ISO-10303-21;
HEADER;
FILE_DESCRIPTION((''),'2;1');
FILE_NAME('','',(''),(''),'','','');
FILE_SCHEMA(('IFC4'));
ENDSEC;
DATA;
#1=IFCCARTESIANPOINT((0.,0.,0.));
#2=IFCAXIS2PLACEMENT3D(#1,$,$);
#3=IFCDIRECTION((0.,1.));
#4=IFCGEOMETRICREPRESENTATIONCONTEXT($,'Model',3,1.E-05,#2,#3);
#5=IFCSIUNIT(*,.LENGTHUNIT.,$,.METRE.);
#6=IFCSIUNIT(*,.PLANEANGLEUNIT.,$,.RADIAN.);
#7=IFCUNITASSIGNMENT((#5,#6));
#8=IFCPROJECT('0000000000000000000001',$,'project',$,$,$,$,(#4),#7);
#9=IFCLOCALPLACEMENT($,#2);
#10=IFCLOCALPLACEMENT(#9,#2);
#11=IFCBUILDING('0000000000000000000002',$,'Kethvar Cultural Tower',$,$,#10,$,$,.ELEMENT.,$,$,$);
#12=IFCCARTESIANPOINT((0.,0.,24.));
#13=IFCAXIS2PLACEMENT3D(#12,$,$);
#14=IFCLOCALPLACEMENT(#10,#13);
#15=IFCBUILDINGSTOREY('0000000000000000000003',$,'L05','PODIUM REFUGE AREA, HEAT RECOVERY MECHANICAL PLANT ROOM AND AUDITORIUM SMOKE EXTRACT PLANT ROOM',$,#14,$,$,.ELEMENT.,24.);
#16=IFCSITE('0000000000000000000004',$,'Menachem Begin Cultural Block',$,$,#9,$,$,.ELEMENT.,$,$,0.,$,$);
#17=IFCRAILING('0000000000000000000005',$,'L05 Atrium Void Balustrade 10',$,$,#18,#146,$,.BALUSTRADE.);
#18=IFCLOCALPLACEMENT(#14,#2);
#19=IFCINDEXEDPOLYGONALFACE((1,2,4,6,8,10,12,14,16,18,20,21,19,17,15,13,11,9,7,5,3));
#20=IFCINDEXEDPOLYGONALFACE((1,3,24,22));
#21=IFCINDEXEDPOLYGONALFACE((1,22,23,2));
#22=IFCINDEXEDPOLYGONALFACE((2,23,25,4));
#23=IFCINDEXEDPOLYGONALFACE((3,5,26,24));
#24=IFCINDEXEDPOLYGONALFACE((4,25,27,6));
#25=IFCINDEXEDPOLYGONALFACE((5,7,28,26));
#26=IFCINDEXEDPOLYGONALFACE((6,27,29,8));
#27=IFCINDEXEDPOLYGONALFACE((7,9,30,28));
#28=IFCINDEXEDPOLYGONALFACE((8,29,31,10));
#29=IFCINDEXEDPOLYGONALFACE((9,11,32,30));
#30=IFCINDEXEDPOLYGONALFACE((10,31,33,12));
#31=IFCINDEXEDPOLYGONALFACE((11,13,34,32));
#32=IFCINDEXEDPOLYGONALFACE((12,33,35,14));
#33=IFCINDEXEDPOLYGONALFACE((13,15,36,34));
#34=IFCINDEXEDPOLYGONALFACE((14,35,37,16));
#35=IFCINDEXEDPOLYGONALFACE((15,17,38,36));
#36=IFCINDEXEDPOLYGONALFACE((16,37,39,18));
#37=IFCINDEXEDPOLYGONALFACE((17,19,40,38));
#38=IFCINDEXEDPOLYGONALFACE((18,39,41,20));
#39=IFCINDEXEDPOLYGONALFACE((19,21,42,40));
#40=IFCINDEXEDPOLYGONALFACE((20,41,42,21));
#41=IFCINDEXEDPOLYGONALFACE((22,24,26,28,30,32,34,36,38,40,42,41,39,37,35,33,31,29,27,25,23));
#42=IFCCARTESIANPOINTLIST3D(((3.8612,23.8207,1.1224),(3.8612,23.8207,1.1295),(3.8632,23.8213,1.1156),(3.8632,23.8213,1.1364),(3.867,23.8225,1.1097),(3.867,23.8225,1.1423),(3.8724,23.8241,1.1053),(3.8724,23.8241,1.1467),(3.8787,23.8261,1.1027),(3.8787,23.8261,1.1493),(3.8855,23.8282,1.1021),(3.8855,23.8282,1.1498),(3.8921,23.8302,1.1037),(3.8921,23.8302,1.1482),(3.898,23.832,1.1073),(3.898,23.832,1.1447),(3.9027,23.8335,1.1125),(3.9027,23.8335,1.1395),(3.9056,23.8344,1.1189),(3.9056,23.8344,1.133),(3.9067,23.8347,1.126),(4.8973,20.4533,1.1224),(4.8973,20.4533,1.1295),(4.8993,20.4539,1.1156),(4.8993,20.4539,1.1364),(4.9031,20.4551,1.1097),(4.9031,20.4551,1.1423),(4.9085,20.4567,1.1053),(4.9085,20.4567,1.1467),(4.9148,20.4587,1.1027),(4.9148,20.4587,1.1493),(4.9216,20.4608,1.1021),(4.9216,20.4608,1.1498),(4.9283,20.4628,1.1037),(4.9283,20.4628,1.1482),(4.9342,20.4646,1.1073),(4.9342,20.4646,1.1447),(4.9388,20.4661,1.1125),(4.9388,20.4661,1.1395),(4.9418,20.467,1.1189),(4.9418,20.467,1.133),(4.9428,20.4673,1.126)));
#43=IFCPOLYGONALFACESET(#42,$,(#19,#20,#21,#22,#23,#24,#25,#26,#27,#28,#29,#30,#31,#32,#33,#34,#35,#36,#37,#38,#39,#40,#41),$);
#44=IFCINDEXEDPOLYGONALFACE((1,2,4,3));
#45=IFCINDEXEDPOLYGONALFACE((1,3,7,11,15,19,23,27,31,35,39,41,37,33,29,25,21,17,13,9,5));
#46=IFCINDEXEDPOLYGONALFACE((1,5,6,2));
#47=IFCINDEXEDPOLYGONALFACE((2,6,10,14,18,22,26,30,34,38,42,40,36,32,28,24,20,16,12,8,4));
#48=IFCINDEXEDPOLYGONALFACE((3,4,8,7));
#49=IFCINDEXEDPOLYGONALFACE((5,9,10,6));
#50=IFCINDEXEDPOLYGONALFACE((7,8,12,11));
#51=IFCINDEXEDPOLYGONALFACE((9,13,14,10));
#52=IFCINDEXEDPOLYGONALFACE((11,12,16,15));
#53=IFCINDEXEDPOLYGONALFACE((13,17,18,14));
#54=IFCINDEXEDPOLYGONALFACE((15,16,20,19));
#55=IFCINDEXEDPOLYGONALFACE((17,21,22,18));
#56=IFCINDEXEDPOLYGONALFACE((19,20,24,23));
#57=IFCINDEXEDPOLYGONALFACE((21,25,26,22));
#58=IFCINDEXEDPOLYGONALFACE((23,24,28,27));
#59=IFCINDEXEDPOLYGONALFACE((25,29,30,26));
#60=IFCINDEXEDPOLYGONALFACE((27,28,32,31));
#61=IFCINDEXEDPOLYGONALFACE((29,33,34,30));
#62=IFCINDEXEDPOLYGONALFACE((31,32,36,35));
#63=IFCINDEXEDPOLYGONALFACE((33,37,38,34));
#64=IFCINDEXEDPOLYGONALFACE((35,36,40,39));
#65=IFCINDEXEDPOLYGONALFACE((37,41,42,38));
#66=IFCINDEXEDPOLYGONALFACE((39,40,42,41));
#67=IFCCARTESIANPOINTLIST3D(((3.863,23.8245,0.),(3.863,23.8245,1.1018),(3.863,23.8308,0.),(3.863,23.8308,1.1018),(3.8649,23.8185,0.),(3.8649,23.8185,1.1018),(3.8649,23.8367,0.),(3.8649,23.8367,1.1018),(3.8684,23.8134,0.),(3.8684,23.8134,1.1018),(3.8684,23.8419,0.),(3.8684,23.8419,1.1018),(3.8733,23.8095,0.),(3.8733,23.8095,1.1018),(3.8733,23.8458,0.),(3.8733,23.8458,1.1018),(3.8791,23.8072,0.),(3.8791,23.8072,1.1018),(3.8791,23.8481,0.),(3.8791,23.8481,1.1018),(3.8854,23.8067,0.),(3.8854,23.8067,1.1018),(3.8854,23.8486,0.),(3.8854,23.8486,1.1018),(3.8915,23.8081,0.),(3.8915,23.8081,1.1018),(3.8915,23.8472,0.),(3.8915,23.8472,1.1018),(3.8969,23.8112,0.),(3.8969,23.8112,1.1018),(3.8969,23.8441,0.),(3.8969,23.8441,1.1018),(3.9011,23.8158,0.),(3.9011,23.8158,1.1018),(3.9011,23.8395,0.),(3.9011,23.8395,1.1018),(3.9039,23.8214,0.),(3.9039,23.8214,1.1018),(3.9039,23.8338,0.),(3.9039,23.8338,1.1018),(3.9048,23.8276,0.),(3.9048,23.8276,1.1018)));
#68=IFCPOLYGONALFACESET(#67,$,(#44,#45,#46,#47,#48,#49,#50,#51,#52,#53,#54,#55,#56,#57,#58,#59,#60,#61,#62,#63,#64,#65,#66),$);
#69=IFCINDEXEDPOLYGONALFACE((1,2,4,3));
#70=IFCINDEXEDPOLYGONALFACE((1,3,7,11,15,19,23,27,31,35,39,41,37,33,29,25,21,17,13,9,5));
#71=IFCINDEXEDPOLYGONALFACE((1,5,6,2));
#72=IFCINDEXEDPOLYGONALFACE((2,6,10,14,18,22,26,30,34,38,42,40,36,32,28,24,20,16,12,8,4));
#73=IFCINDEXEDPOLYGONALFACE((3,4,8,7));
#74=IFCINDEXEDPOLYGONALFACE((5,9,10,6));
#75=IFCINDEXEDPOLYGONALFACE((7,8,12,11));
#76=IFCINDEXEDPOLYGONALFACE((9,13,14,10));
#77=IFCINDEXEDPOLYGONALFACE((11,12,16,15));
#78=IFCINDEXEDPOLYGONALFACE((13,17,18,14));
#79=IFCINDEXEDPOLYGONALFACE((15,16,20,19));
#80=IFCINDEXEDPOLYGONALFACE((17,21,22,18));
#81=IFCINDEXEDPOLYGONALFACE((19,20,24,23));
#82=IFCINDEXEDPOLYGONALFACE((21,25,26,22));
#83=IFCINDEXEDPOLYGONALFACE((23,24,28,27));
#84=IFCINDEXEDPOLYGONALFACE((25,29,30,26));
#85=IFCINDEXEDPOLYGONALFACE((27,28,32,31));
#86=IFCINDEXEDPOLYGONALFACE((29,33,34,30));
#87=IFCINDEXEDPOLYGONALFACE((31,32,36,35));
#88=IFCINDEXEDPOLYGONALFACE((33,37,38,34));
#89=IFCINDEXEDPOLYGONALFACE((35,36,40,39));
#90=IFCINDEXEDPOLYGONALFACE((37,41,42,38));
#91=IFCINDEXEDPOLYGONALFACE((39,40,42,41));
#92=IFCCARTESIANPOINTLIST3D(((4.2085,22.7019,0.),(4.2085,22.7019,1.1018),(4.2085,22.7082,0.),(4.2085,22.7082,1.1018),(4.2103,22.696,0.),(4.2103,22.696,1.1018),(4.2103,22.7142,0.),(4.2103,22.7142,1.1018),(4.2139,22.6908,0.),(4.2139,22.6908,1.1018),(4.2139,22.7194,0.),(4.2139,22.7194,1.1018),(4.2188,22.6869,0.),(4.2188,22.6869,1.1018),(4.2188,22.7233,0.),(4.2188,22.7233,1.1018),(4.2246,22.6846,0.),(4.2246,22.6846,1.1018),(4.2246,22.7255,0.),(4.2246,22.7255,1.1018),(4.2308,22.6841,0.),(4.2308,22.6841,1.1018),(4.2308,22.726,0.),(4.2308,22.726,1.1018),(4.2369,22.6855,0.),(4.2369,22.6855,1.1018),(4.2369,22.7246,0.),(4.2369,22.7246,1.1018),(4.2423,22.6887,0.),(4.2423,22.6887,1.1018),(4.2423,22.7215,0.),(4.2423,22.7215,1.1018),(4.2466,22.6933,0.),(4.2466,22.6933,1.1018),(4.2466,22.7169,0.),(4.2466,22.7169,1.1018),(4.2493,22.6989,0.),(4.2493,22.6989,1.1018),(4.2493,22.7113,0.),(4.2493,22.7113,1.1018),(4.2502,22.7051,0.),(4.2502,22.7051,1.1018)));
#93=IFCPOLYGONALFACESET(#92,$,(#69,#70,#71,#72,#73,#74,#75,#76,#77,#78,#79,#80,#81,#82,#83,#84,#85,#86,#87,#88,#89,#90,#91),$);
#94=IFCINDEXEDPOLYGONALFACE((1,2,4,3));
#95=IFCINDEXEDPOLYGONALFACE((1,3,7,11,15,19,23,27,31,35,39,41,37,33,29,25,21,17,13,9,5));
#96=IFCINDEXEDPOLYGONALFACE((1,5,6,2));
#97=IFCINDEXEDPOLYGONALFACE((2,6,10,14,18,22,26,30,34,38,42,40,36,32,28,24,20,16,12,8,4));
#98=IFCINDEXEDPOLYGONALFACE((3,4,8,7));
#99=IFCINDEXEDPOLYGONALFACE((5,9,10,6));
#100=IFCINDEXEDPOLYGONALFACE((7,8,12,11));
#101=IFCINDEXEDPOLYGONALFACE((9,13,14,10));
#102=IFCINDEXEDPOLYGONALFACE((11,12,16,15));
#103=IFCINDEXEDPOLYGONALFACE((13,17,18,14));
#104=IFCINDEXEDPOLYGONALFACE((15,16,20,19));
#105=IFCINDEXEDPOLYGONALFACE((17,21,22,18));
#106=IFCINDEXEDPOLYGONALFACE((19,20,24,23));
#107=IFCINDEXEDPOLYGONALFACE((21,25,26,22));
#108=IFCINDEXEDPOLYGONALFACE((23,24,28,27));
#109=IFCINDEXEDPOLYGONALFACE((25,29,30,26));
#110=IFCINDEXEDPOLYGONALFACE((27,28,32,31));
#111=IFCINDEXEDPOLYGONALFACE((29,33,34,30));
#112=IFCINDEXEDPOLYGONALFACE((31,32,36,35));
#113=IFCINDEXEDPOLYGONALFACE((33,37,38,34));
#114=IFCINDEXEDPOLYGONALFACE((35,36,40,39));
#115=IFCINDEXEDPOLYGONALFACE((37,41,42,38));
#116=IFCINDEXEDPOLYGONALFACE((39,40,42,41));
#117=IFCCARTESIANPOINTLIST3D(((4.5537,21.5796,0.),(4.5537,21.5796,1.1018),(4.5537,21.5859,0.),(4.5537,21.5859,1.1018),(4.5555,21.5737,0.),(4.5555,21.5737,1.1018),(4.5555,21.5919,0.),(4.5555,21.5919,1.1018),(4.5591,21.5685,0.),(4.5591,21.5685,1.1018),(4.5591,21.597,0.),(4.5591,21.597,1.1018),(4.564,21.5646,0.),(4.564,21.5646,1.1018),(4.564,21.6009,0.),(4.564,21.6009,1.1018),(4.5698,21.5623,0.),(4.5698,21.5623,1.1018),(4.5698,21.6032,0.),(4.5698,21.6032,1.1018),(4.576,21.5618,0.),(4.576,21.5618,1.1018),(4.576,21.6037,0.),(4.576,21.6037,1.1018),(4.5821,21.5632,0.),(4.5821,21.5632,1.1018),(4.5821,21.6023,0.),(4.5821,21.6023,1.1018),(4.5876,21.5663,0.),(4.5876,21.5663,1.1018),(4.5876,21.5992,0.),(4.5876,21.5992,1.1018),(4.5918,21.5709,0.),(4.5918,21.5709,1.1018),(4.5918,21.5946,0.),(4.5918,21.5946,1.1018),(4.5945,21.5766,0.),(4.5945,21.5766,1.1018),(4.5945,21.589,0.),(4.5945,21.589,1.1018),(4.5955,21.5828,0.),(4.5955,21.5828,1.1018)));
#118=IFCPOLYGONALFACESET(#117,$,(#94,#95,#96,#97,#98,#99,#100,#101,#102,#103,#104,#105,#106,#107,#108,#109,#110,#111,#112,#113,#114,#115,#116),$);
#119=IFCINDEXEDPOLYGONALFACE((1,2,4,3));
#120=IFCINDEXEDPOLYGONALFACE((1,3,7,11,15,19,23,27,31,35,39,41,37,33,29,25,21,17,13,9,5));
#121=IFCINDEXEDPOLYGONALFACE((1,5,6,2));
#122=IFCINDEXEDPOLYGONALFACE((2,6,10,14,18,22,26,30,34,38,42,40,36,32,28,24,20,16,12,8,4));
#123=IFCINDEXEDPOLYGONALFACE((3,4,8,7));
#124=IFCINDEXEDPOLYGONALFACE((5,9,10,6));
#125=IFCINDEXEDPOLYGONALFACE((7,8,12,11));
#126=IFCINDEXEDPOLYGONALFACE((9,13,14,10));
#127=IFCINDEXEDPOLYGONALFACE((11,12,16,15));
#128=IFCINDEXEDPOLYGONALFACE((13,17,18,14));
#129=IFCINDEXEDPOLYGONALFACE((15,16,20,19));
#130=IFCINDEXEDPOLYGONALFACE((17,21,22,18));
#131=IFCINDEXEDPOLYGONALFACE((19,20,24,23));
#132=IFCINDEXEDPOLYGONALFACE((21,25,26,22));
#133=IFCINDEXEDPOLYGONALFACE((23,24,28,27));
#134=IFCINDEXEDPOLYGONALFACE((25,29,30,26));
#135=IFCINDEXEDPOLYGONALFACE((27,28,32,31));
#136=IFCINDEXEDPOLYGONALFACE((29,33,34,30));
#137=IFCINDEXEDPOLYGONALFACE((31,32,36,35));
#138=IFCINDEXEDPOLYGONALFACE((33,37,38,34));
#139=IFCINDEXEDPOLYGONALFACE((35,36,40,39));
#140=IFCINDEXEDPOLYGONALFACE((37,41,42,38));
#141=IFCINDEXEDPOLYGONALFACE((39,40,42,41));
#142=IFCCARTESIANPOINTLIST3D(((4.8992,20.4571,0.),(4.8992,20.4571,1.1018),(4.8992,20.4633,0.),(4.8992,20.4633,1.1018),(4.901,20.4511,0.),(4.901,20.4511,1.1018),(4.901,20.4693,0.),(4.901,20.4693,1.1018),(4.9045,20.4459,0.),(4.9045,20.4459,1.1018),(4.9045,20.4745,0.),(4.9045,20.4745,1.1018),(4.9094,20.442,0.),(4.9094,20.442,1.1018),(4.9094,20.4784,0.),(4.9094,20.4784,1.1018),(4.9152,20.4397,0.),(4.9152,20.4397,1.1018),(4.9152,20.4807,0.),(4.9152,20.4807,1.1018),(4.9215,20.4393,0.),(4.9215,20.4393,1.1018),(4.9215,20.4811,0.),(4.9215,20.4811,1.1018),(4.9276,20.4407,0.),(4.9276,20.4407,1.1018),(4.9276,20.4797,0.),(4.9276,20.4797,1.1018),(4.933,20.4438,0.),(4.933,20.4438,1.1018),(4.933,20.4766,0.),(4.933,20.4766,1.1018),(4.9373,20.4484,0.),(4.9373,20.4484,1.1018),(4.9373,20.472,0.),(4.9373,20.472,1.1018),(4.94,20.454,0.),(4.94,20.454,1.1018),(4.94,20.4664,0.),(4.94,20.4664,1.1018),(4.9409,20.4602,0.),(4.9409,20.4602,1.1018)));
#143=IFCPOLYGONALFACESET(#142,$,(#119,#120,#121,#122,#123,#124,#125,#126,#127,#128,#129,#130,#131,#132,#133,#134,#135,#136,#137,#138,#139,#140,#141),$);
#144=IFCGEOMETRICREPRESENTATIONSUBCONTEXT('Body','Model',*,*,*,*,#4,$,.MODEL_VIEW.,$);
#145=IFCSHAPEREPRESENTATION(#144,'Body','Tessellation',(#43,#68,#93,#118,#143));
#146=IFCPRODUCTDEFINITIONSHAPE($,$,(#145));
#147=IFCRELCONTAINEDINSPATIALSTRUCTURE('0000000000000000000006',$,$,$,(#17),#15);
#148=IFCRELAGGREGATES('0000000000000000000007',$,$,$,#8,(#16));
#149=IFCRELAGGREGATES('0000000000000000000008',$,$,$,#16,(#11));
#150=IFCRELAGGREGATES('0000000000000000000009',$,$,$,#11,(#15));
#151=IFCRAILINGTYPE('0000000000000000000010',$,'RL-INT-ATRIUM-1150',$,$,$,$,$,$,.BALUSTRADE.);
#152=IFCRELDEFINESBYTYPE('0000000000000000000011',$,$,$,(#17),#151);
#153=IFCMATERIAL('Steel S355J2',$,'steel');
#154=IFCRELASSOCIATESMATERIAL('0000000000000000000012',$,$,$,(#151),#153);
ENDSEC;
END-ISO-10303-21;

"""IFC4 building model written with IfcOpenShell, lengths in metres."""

from ifc_helpers import new_model, si_unit, direction, frame, origin, origin_2d, place, context, subcontext, project, spatial, circle, extrude, material, type_object, element, save


model = new_model("IFC4")

# Units and contexts
model_context = context("Model", 3, precision=1e-05, world=origin(), true_north=direction((0.0, 1.0)))
body_context = subcontext(model_context, "Body", "Model", "MODEL_VIEW")
ifc_project = project(units=[si_unit("LENGTHUNIT", "METRE"), si_unit("PLANEANGLEUNIT", "RADIAN")], contexts=[model_context])

# Site, building, storey
site_placement = place(None, origin())
site = spatial("IfcSite", under=ifc_project, at=site_placement, Name="Menachem Begin Cultural Block", CompositionType="ELEMENT", RefElevation=0.0)
building_placement = place(site_placement, origin())
building = spatial("IfcBuilding", under=site, at=building_placement, Name="Kethvar Cultural Tower", CompositionType="ELEMENT")
storey_placement = place(building_placement, frame((0.0, 0.0, 24.0)))
storey = spatial("IfcBuildingStorey", under=building, at=storey_placement, Name="L05", Description="PODIUM REFUGE AREA, HEAT RECOVERY MECHANICAL PLANT ROOM AND AUDITORIUM SMOKE EXTRACT PLANT ROOM", CompositionType="ELEMENT", Elevation=24.0)

# Shared definitions
ifc_material_1 = material(Name="Steel S355J2", Category="steel")

# Railing
railing_type = type_object("IfcRailingType", Name="RL-INT-ATRIUM-1150", PredefinedType="BALUSTRADE", material=ifc_material_1)
railing_1_placement = place(storey_placement, frame((3.8838, 23.8276, 0.0)))
element("IfcRailing", 1, at=railing_1_placement, inside=storey, type_object=railing_type, Name="L05 Atrium Void Balustrade 10", PredefinedType="BALUSTRADE", context=body_context, shape_type="SweptSolid", body=[
    extrude(circle(Radius=0.0239, at=origin_2d()), frame((0.0, 0.0, 1.126), z_axis=(0.294086, -0.955779, 0.0), x_axis=(0.955779, 0.294086, 0.0)), (0.0, 0.0, 1.0), 3.5232),
    extrude(circle(Radius=0.021, at=origin_2d()), origin(), (0.0, 0.0, 1.0), 1.1018),
    extrude(circle(Radius=0.021, at=origin_2d()), frame((0.3455, -1.1226, 0.0)), (0.0, 0.0, 1.0), 1.1018),
    extrude(circle(Radius=0.021, at=origin_2d()), frame((0.6907, -2.2449, 0.0)), (0.0, 0.0, 1.0), 1.1018),
    extrude(circle(Radius=0.021, at=origin_2d()), frame((1.0361, -3.3674, 0.0)), (0.0, 0.0, 1.0), 1.1018),
])

save(model, "model.ifc")
